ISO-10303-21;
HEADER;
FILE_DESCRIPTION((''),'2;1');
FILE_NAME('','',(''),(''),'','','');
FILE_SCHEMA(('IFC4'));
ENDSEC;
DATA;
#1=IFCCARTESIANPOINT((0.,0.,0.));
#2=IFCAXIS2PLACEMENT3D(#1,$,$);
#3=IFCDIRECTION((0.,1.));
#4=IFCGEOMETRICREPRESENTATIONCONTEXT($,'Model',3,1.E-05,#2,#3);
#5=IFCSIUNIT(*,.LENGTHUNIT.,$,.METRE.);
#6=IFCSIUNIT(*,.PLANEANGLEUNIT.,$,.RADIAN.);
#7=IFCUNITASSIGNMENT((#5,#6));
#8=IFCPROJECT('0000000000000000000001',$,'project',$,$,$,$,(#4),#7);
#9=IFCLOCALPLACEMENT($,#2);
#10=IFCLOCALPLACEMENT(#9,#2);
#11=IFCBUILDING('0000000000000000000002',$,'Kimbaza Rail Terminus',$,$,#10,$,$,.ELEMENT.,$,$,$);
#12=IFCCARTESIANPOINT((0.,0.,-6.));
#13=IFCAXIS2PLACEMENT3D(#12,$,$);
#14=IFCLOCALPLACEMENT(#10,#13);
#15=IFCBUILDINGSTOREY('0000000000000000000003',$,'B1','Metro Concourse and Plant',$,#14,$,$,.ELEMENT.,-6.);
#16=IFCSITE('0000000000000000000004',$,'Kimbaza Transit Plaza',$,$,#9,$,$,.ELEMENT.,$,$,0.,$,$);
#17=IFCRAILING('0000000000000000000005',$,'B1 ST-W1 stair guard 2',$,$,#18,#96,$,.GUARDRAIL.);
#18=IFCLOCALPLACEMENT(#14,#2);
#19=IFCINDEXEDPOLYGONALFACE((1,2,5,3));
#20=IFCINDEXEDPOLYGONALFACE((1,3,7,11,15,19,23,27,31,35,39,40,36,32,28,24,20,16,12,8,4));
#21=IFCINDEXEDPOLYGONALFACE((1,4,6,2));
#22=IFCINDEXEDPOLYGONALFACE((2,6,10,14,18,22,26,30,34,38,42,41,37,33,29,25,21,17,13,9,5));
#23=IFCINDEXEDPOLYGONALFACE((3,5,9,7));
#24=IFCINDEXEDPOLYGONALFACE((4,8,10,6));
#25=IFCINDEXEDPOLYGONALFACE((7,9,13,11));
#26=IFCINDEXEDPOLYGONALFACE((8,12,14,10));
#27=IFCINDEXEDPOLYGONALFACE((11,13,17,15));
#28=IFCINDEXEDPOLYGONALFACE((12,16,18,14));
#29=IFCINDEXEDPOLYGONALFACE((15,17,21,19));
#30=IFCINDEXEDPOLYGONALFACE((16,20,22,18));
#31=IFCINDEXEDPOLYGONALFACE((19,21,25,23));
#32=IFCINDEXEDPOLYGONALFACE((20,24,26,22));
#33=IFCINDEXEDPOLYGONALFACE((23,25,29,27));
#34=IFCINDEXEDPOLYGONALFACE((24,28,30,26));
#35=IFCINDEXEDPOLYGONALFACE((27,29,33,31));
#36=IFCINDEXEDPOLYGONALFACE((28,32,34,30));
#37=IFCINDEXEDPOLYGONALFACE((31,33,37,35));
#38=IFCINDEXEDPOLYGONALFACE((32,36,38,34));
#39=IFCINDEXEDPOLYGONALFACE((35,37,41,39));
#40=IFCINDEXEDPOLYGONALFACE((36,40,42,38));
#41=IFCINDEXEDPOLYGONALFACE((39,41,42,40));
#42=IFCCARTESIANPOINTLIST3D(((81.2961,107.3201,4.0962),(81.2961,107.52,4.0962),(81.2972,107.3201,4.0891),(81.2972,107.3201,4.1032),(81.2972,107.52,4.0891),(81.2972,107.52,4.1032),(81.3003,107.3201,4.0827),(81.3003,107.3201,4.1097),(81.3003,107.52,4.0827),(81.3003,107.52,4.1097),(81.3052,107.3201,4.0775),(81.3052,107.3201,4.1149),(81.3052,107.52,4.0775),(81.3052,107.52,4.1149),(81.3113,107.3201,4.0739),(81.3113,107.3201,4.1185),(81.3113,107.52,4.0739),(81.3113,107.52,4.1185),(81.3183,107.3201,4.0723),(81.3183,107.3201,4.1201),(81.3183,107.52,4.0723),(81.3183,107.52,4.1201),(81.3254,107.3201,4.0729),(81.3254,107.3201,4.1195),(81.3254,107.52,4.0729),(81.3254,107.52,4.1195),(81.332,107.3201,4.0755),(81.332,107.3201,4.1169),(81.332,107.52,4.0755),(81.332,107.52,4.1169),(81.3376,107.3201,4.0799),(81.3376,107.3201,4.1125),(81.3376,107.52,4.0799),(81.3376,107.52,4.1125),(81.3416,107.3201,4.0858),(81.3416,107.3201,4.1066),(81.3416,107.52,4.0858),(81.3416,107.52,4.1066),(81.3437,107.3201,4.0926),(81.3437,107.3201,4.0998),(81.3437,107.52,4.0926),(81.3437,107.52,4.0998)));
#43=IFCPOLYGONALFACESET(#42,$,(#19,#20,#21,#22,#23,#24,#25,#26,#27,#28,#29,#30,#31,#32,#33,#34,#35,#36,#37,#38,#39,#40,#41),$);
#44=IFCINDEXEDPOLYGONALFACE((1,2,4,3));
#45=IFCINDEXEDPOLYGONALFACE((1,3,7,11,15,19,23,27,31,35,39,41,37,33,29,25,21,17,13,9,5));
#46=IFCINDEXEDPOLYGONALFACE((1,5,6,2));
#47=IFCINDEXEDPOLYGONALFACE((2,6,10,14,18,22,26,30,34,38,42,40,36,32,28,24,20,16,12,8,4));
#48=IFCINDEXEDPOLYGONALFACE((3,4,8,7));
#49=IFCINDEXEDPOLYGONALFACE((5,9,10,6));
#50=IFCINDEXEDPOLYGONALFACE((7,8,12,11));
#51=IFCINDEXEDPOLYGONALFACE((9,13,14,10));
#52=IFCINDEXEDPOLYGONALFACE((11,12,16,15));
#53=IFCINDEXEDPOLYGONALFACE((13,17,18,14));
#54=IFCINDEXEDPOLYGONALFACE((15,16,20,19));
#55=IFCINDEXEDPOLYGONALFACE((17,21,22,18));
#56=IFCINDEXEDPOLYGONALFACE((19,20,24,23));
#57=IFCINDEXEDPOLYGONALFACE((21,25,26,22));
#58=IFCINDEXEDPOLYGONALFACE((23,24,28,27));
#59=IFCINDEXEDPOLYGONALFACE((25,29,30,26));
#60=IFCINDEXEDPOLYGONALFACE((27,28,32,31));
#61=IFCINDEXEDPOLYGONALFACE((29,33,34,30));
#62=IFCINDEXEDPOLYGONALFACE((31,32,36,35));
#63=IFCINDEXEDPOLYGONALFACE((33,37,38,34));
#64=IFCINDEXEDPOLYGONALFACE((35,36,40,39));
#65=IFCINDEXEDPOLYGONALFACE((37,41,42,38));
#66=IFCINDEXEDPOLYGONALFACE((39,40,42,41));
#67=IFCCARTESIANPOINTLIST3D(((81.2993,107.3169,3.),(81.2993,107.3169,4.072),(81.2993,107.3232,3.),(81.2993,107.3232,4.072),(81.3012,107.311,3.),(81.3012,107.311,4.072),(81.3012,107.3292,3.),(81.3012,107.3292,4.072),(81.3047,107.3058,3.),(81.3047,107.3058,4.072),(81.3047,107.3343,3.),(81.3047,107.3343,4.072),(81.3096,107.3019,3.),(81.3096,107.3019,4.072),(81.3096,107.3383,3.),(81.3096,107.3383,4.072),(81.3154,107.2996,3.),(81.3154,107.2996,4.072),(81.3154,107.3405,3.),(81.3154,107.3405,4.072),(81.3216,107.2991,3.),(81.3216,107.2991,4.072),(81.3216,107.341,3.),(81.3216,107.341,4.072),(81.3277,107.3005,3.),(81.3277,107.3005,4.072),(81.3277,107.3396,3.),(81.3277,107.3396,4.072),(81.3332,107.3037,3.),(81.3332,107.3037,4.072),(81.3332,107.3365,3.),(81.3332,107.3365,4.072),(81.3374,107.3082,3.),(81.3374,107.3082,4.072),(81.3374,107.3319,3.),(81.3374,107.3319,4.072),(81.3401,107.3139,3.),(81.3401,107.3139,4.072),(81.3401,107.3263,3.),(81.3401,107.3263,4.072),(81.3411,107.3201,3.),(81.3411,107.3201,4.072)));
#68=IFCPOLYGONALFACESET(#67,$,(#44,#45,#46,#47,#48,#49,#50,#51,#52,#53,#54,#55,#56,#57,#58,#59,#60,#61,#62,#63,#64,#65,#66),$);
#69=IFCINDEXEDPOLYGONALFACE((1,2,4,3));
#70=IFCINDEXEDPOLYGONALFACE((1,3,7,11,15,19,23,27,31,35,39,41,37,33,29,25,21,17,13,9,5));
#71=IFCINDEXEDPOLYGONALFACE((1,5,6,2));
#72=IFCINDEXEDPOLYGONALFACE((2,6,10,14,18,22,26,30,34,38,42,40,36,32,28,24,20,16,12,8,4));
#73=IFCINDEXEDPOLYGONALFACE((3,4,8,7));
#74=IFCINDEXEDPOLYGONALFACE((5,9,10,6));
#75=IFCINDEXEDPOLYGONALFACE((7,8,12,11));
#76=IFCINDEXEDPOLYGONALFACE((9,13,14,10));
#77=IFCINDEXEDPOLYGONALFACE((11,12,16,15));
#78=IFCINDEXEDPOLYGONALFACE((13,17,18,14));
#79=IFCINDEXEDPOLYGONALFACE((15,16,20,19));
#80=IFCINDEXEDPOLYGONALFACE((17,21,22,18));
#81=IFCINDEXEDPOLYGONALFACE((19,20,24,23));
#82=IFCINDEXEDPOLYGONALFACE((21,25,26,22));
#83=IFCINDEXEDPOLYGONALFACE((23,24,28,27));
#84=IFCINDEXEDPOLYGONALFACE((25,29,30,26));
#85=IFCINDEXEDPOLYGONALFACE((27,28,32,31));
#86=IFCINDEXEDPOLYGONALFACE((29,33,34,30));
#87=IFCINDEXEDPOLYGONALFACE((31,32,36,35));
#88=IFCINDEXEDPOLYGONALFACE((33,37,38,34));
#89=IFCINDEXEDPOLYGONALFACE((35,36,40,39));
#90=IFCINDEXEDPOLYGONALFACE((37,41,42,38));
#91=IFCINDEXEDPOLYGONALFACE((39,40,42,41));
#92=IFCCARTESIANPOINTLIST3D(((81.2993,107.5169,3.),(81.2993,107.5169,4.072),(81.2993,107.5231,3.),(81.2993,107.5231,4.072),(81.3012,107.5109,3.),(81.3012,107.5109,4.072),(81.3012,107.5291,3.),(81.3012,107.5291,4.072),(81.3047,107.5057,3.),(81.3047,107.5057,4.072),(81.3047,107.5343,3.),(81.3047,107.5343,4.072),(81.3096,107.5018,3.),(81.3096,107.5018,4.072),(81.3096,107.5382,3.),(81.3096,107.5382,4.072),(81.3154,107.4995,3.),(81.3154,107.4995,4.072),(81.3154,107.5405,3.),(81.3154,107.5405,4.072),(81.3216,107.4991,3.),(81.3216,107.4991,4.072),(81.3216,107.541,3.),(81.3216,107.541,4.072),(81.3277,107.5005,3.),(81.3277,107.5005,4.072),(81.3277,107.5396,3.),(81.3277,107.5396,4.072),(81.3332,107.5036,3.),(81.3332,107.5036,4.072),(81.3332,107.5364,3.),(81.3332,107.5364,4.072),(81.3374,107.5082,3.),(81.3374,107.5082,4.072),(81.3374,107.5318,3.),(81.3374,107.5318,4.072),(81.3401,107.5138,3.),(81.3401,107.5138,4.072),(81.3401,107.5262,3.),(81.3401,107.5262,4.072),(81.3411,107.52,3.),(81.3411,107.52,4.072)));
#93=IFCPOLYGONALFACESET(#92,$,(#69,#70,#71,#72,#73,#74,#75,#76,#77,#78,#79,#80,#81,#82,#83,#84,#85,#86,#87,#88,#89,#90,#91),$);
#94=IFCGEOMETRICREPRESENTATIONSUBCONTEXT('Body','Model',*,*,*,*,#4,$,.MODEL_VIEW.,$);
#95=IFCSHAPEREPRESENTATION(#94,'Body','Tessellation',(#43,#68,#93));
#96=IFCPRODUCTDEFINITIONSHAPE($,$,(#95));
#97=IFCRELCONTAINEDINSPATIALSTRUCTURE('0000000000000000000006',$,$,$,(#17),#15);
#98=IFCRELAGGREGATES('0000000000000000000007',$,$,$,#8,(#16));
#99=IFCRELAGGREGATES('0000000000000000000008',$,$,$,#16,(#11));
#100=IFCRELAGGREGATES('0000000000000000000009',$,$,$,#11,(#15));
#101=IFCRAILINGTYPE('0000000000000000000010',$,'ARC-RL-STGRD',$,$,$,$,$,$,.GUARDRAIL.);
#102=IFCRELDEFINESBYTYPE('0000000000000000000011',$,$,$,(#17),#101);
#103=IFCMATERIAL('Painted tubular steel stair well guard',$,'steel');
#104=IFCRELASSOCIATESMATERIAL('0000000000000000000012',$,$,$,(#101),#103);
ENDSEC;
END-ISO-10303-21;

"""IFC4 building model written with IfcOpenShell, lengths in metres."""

from ifc_helpers import new_model, si_unit, direction, frame, origin, origin_2d, place, context, subcontext, project, spatial, circle, extrude, material, type_object, element, save


model = new_model("IFC4")

# Units and contexts
model_context = context("Model", 3, precision=1e-05, world=origin(), true_north=direction((0.0, 1.0)))
body_context = subcontext(model_context, "Body", "Model", "MODEL_VIEW")
ifc_project = project(units=[si_unit("LENGTHUNIT", "METRE"), si_unit("PLANEANGLEUNIT", "RADIAN")], contexts=[model_context])

# Site, building, storey
site_placement = place(None, origin())
site = spatial("IfcSite", under=ifc_project, at=site_placement, Name="Kimbaza Transit Plaza", CompositionType="ELEMENT", RefElevation=0.0)
building_placement = place(site_placement, origin())
building = spatial("IfcBuilding", under=site, at=building_placement, Name="Kimbaza Rail Terminus", CompositionType="ELEMENT")
storey_placement = place(building_placement, frame((0.0, 0.0, -6.0)))
storey = spatial("IfcBuildingStorey", under=building, at=storey_placement, Name="B1", Description="Metro Concourse and Plant", CompositionType="ELEMENT", Elevation=-6.0)

# Railing
ifc_material_1 = material(Name="Painted tubular steel stair well guard", Category="steel")
railing_type_1 = type_object("IfcRailingType", Name="ARC-RL-STGRD", PredefinedType="GUARDRAIL", material=ifc_material_1)
railing_1_placement = place(storey_placement, frame((81.3201, 107.3201, 3.0)))
element("IfcRailing", 1, at=railing_1_placement, inside=storey, type_object=railing_type_1, Name="B1 ST-W1 stair guard 2", PredefinedType="GUARDRAIL", context=body_context, shape_type="SweptSolid", body=[
    extrude(circle(Radius=0.0239, at=origin_2d()), frame((0.0, 0.0, 1.0962), z_axis=(0.0, 1.0, 0.0), x_axis=(-1.0, 0.0, 0.0)), (0.0, 0.0, 1.0), 0.2),
    extrude(circle(Radius=0.021, at=origin_2d()), origin(), (0.0, 0.0, 1.0), 1.072),
    extrude(circle(Radius=0.021, at=origin_2d()), frame((0.0, 0.2, 0.0)), (0.0, 0.0, 1.0), 1.072),
])

save(model, "model.ifc")
